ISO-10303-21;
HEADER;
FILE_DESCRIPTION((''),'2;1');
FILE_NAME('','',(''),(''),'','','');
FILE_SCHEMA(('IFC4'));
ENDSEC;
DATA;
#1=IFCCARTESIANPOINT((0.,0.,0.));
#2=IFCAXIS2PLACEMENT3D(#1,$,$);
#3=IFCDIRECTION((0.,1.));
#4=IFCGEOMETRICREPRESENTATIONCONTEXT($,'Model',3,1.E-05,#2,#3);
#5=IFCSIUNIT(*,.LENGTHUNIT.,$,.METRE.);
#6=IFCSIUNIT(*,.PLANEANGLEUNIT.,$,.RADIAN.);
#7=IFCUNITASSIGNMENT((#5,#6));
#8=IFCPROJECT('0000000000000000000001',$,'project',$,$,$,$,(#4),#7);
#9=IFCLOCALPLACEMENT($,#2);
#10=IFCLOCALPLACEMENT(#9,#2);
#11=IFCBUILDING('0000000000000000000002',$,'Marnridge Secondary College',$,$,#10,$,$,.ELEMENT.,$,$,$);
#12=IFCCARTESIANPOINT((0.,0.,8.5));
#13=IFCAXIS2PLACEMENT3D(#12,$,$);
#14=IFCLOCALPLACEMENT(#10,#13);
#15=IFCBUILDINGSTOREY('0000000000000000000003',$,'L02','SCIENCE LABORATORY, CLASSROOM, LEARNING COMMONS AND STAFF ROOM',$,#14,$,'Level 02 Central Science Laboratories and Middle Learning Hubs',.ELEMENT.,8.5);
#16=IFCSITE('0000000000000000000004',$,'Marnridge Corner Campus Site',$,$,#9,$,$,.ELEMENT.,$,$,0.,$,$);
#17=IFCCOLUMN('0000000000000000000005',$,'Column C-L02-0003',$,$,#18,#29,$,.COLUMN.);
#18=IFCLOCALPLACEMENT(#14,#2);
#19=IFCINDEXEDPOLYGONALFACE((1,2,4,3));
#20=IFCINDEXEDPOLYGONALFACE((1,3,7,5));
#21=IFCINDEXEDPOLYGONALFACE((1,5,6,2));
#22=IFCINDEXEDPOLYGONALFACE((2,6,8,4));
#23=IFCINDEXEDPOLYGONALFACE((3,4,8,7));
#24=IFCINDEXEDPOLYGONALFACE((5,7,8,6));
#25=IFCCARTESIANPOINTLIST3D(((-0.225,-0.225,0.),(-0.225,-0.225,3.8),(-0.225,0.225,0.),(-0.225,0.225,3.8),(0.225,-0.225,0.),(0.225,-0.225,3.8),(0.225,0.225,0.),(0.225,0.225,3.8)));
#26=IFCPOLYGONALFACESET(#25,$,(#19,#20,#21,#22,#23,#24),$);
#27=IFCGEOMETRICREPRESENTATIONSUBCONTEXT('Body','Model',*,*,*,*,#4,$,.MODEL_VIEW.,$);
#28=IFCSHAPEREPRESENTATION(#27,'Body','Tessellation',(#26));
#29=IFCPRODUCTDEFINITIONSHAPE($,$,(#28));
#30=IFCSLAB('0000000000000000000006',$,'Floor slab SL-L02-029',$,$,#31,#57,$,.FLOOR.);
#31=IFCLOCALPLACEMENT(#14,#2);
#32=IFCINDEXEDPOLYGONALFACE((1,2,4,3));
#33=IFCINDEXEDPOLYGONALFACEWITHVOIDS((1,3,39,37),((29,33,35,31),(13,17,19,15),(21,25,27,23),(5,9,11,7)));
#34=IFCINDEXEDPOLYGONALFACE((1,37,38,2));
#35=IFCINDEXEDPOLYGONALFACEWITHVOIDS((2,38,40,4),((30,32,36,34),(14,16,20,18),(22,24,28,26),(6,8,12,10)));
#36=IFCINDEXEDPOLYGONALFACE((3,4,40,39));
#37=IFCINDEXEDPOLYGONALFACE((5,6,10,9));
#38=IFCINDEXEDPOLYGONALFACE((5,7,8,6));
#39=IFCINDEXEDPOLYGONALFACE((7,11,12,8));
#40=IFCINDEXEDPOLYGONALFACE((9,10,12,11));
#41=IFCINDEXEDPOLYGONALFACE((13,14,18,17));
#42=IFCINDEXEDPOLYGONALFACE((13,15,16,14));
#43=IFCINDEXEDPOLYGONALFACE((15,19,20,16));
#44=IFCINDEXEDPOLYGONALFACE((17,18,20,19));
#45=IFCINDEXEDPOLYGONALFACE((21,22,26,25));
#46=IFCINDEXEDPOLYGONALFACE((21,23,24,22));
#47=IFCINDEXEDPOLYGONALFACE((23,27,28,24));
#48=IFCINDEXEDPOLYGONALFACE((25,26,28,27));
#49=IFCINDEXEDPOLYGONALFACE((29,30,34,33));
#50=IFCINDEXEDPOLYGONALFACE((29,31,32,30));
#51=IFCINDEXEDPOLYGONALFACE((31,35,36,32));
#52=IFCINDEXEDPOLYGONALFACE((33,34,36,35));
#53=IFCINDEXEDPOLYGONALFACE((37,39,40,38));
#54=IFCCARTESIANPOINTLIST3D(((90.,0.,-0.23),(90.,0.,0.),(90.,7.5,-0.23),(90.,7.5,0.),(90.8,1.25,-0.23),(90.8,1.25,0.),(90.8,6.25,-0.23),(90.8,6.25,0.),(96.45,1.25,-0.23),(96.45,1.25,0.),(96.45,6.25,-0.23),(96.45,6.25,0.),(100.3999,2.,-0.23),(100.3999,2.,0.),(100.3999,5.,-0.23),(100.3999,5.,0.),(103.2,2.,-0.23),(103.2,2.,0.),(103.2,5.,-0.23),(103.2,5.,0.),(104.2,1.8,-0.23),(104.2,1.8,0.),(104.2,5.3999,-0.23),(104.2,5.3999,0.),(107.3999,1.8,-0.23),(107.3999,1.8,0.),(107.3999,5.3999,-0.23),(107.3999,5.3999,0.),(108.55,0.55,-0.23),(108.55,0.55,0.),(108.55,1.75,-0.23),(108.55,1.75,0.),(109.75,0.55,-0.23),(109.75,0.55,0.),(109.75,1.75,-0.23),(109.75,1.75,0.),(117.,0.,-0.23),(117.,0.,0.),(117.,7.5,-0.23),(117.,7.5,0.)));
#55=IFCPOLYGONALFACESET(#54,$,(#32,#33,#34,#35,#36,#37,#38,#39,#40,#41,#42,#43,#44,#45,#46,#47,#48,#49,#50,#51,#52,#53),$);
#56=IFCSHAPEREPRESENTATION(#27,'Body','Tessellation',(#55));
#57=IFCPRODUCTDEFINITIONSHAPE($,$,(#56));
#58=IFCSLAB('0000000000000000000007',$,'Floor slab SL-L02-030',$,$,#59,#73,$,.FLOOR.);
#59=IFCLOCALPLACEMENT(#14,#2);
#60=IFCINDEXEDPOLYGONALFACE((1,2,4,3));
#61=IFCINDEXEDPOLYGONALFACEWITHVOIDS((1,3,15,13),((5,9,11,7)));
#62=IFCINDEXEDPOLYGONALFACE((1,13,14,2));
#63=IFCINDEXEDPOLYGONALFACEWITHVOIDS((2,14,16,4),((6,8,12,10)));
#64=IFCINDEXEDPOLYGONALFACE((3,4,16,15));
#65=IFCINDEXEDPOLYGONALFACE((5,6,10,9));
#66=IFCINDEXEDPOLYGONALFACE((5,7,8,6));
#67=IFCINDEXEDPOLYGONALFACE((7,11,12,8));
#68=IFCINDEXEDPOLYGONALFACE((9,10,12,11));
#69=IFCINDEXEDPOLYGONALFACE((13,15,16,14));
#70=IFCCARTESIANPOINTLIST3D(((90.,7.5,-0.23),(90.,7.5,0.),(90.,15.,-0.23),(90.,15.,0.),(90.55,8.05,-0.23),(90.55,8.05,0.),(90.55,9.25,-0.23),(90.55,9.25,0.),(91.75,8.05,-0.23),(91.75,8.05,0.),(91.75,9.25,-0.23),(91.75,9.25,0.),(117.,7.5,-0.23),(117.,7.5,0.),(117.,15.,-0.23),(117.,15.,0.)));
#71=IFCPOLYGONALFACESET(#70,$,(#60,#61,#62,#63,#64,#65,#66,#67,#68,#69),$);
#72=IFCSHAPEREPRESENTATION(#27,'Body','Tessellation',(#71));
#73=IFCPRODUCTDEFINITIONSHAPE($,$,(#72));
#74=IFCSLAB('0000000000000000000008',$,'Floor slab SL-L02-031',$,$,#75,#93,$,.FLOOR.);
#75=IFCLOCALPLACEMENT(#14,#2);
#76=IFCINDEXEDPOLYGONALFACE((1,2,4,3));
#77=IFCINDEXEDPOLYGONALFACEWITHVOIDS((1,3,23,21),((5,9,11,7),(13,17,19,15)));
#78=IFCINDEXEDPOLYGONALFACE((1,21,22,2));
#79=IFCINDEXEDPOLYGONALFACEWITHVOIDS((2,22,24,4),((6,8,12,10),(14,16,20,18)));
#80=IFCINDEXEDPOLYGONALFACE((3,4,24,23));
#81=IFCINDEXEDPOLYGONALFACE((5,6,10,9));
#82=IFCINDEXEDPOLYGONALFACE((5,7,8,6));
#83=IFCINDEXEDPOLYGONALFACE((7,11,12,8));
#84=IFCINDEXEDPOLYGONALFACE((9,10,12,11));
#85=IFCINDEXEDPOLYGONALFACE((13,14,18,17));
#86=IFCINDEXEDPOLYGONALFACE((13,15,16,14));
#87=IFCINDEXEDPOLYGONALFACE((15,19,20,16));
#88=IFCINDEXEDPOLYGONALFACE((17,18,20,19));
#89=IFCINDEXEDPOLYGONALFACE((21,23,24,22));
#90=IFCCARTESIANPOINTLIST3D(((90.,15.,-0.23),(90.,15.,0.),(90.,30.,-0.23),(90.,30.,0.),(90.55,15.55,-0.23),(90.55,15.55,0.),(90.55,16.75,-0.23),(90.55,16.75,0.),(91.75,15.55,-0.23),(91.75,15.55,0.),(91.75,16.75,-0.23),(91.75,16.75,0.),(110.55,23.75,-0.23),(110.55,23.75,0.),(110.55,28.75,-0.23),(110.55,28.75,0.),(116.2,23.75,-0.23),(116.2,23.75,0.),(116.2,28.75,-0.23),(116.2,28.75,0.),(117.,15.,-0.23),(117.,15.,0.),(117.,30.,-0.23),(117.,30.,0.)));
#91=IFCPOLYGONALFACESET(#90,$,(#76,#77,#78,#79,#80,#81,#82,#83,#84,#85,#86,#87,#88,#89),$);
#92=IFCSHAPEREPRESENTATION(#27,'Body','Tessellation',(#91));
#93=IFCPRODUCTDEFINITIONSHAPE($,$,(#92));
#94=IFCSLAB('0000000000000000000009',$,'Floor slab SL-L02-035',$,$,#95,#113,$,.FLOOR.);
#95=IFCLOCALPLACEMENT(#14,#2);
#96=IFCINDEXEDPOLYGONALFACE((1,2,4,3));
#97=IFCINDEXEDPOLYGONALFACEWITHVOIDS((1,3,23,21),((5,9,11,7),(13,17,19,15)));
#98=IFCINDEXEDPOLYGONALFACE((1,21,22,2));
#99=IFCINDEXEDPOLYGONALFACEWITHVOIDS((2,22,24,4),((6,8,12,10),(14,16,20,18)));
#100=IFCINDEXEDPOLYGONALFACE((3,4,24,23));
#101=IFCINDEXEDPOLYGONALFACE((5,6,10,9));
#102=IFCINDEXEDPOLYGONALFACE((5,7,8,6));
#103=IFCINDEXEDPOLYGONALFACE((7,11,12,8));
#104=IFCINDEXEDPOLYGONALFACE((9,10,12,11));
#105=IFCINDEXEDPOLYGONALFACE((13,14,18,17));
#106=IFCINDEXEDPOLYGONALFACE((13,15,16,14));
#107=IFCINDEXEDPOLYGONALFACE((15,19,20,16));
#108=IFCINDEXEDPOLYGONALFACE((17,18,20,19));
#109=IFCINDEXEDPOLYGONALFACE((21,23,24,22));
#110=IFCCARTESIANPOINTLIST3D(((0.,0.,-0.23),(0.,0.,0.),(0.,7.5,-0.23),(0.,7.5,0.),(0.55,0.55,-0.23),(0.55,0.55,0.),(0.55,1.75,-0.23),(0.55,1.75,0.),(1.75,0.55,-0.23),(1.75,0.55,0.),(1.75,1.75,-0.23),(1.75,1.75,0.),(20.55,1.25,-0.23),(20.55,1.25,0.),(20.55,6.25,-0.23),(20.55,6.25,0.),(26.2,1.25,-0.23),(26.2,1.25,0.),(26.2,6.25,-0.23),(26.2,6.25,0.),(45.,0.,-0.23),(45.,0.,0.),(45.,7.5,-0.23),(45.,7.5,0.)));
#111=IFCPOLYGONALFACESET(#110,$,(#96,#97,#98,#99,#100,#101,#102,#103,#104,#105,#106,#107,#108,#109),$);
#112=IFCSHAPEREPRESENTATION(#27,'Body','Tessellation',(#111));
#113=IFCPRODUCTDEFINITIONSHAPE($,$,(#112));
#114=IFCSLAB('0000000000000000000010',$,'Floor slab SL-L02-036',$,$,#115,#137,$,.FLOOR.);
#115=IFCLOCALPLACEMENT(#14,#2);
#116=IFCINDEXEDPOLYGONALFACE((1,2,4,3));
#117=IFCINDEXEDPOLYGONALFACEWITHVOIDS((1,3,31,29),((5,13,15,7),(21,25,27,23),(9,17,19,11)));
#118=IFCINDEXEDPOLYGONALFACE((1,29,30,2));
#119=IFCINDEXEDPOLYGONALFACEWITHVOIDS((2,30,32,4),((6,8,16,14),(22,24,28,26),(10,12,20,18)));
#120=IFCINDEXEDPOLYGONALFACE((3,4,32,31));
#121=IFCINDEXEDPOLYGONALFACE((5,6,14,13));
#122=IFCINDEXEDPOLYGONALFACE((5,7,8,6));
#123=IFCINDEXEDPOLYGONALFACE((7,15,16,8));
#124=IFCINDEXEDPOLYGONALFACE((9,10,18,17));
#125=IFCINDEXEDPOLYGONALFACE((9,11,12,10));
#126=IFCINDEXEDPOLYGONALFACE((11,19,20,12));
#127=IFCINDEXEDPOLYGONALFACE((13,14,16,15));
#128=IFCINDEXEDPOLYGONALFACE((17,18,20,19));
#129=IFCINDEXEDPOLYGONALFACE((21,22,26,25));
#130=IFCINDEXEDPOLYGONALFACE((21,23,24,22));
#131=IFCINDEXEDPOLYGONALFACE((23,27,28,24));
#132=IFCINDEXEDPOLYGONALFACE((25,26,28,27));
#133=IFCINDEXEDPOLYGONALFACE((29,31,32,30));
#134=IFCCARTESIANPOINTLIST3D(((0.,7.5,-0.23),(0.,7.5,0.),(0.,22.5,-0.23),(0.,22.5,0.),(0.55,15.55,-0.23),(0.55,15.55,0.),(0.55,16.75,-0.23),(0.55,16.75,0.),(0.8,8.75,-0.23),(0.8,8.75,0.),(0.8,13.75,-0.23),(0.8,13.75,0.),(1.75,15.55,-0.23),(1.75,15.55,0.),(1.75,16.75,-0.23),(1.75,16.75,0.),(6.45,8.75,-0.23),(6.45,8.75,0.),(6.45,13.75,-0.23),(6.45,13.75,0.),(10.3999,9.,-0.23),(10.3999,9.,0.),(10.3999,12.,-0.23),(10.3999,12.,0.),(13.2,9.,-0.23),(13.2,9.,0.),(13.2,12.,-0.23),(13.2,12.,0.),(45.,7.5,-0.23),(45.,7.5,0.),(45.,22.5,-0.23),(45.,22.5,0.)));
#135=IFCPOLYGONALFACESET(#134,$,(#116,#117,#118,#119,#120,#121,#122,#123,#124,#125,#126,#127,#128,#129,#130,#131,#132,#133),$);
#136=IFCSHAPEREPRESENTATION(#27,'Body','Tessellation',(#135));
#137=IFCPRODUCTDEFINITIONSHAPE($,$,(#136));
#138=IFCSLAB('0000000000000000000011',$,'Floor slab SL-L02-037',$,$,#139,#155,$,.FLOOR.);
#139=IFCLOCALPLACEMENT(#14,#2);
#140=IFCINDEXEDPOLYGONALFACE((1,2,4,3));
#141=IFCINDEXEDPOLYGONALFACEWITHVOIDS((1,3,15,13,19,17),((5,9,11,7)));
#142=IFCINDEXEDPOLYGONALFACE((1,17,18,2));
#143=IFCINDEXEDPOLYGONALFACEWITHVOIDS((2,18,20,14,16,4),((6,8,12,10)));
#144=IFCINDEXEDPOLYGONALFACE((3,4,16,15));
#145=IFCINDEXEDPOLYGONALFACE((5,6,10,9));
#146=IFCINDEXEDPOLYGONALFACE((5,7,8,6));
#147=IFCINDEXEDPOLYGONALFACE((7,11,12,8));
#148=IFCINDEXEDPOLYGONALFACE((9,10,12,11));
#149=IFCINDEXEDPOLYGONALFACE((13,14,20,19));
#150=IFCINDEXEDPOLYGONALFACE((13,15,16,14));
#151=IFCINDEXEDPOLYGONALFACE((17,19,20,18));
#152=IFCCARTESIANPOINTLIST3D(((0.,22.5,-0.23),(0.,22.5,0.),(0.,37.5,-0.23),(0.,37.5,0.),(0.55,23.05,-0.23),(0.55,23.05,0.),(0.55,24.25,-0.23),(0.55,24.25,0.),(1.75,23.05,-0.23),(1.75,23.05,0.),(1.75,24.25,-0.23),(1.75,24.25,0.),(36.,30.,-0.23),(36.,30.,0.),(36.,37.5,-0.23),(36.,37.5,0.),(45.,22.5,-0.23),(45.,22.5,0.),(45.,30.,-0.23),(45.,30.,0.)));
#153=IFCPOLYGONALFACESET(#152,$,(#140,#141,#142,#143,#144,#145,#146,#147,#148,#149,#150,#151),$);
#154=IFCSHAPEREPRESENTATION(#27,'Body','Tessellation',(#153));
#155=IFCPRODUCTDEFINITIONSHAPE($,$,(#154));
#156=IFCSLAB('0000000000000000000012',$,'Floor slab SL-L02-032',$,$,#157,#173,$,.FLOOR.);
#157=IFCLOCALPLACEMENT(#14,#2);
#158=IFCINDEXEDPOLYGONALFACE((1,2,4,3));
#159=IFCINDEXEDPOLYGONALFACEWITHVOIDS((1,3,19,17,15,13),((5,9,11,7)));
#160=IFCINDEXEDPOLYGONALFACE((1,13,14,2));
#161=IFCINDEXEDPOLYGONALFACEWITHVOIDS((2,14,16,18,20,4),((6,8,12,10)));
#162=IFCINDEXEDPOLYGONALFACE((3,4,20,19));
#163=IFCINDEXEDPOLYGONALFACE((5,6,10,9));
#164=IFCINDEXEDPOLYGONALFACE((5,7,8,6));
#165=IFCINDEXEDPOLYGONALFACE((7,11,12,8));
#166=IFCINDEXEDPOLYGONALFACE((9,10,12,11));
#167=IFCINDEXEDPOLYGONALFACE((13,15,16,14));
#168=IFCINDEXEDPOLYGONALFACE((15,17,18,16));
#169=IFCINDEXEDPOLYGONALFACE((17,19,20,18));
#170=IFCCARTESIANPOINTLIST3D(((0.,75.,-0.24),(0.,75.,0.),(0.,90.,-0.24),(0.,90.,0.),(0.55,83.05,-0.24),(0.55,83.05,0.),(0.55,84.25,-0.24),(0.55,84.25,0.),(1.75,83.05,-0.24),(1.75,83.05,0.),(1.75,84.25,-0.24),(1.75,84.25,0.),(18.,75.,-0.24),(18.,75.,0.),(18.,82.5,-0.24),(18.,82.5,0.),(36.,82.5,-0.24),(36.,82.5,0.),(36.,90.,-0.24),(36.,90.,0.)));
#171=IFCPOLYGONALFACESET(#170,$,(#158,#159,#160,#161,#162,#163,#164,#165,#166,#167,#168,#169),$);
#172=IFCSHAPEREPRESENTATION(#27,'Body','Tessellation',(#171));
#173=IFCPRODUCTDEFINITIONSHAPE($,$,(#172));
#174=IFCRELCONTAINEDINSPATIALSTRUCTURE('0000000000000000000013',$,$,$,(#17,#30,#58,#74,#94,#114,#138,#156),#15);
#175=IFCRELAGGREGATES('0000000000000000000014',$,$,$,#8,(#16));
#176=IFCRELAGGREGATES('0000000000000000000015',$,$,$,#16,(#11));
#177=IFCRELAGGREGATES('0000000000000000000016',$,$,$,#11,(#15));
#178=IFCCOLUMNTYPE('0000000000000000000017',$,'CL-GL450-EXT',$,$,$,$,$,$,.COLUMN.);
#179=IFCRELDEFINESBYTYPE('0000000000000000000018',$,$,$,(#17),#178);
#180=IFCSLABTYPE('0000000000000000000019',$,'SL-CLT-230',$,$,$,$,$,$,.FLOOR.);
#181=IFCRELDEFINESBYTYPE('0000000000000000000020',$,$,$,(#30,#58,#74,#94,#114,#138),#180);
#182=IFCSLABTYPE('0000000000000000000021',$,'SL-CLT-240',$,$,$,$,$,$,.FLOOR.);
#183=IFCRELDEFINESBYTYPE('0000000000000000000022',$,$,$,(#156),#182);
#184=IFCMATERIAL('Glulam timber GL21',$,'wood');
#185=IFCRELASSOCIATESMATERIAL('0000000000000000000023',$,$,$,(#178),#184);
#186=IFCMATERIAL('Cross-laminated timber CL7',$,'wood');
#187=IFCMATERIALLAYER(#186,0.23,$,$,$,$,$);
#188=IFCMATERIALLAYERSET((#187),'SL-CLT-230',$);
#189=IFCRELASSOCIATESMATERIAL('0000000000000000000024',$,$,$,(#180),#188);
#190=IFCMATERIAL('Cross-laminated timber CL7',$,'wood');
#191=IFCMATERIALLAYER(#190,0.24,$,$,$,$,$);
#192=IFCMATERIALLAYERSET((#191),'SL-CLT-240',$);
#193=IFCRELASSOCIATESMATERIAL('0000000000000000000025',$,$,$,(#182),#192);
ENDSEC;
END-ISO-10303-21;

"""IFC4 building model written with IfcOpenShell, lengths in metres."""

from ifc_helpers import new_model, si_unit, direction, frame, origin, origin_with_axes, origin_2d, place, context, subcontext, project, spatial, polyline, rectangle, outline, extrude, material, layer, layer_set, material_profile, profile_set, type_object, element, save


model = new_model("IFC4")

# Units and contexts
model_context = context("Model", 3, precision=1e-05, world=origin(), true_north=direction((0.0, 1.0)))
body_context = subcontext(model_context, "Body", "Model", "MODEL_VIEW")
ifc_project = project(units=[si_unit("LENGTHUNIT", "METRE"), si_unit("PLANEANGLEUNIT", "RADIAN")], contexts=[model_context])

# Site, building, storey
site_placement = place(None, origin())
site = spatial("IfcSite", under=ifc_project, at=site_placement, Name="Marnridge Corner Campus Site", CompositionType="ELEMENT", RefElevation=0.0)
building_placement = place(site_placement, origin())
building = spatial("IfcBuilding", under=site, at=building_placement, Name="Marnridge Secondary College", CompositionType="ELEMENT")
storey_placement = place(building_placement, frame((0.0, 0.0, 8.5)))
storey = spatial("IfcBuildingStorey", under=building, at=storey_placement, Name="L02", Description="SCIENCE LABORATORY, CLASSROOM, LEARNING COMMONS AND STAFF ROOM", LongName="Level 02 Central Science Laboratories and Middle Learning Hubs", CompositionType="ELEMENT", Elevation=8.5)

# Column
ifc_material_1 = material(Name="Glulam timber GL21", Category="wood")
ifc_material_profile = material_profile(ifc_material_1, rectangle(XDim=0.45, YDim=0.45, at=origin_2d()), Name="GL21 450x450")
ifc_profile_set = profile_set([ifc_material_profile], Name="Glulam timber GL21")
column_type = type_object("IfcColumnType", Name="CL-GL450-EXT", PredefinedType="COLUMN", material=ifc_profile_set)
column_placement = place(storey_placement, origin_with_axes())
element("IfcColumn", 1, at=column_placement, inside=storey, type_object=column_type, Name="Column C-L02-0003", PredefinedType="COLUMN", context=body_context, shape_type="SweptSolid", body=[
    extrude(rectangle(XDim=0.45, YDim=0.45, at=origin_2d()), origin(), (0.0, 0.0, 1.0), 3.8),
])

# Slabs
ifc_material_2 = material(Name="Cross-laminated timber CL7", Category="wood")
ifc_layer_1 = layer(ifc_material_2, 0.23)
ifc_layer_set_1 = layer_set([ifc_layer_1], Name="SL-CLT-230")
slab_type_1 = type_object("IfcSlabType", Name="SL-CLT-230", PredefinedType="FLOOR", material=ifc_layer_set_1)
slab_1_placement = place(storey_placement, frame((0.0, 0.0, -0.23)))
element("IfcSlab", 2, at=slab_1_placement, inside=storey, type_object=slab_type_1, Name="Floor slab SL-L02-029", PredefinedType="FLOOR", context=body_context, shape_type="SweptSolid", body=[
    extrude(outline(polyline([(90.0, 0.0), (90.0, 7.5), (117.0, 7.5), (117.0, 0.0), (90.0, 0.0)]), holes=[polyline([(90.8, 1.25), (96.45, 1.25), (96.45, 6.25), (90.8, 6.25), (90.8, 1.25)]), polyline([(100.3999, 2.0), (103.2, 2.0), (103.2, 5.0), (100.3999, 5.0), (100.3999, 2.0)]), polyline([(104.2, 1.8), (107.3999, 1.8), (107.3999, 5.3999), (104.2, 5.3999), (104.2, 1.8)]), polyline([(108.55, 0.55), (109.75, 0.55), (109.75, 1.75), (108.55, 1.75), (108.55, 0.55)])]), origin(), (0.0, 0.0, 1.0), 0.23),
])
slab_2_placement = place(storey_placement, frame((0.0, 0.0, -0.23)))
element("IfcSlab", 3, at=slab_2_placement, inside=storey, type_object=slab_type_1, Name="Floor slab SL-L02-030", PredefinedType="FLOOR", context=body_context, shape_type="SweptSolid", body=[
    extrude(outline(polyline([(90.0, 7.5), (90.0, 15.0), (117.0, 15.0), (117.0, 7.5), (90.0, 7.5)]), holes=[polyline([(90.55, 8.05), (91.75, 8.05), (91.75, 9.25), (90.55, 9.25), (90.55, 8.05)])]), origin(), (0.0, 0.0, 1.0), 0.23),
])
slab_3_placement = place(storey_placement, frame((0.0, 0.0, -0.23)))
element("IfcSlab", 4, at=slab_3_placement, inside=storey, type_object=slab_type_1, Name="Floor slab SL-L02-031", PredefinedType="FLOOR", context=body_context, shape_type="SweptSolid", body=[
    extrude(outline(polyline([(90.0, 30.0), (117.0, 30.0), (117.0, 15.0), (90.0, 15.0), (90.0, 30.0)]), holes=[polyline([(110.55, 23.75), (116.2, 23.75), (116.2, 28.75), (110.55, 28.75), (110.55, 23.75)]), polyline([(90.55, 15.55), (91.75, 15.55), (91.75, 16.75), (90.55, 16.75), (90.55, 15.55)])]), origin(), (0.0, 0.0, 1.0), 0.23),
])
slab_4_placement = place(storey_placement, frame((0.0, 0.0, -0.23)))
element("IfcSlab", 5, at=slab_4_placement, inside=storey, type_object=slab_type_1, Name="Floor slab SL-L02-035", PredefinedType="FLOOR", context=body_context, shape_type="SweptSolid", body=[
    extrude(outline(polyline([(0.0, 7.5), (45.0, 7.5), (45.0, 0.0), (0.0, 0.0), (0.0, 7.5)]), holes=[polyline([(20.55, 1.25), (26.2, 1.25), (26.2, 6.25), (20.55, 6.25), (20.55, 1.25)]), polyline([(0.55, 0.55), (1.75, 0.55), (1.75, 1.75), (0.55, 1.75), (0.55, 0.55)])]), origin(), (0.0, 0.0, 1.0), 0.23),
])
slab_5_placement = place(storey_placement, frame((0.0, 0.0, -0.23)))
element("IfcSlab", 6, at=slab_5_placement, inside=storey, type_object=slab_type_1, Name="Floor slab SL-L02-036", PredefinedType="FLOOR", context=body_context, shape_type="SweptSolid", body=[
    extrude(outline(polyline([(45.0, 7.5), (0.0, 7.5), (0.0, 22.5), (45.0, 22.5), (45.0, 7.5)]), holes=[polyline([(0.8, 8.75), (6.45, 8.75), (6.45, 13.75), (0.8, 13.75), (0.8, 8.75)]), polyline([(10.3999, 9.0), (13.2, 9.0), (13.2, 12.0), (10.3999, 12.0), (10.3999, 9.0)]), polyline([(0.55, 15.55), (1.75, 15.55), (1.75, 16.75), (0.55, 16.75), (0.55, 15.55)])]), origin(), (0.0, 0.0, 1.0), 0.23),
])
slab_6_placement = place(storey_placement, frame((0.0, 0.0, -0.23)))
element("IfcSlab", 7, at=slab_6_placement, inside=storey, type_object=slab_type_1, Name="Floor slab SL-L02-037", PredefinedType="FLOOR", context=body_context, shape_type="SweptSolid", body=[
    extrude(outline(polyline([(0.0, 22.5), (0.0, 37.5), (36.0, 37.5), (36.0, 30.0), (45.0, 30.0), (45.0, 22.5), (0.0, 22.5)]), holes=[polyline([(0.55, 23.05), (1.75, 23.05), (1.75, 24.25), (0.55, 24.25), (0.55, 23.05)])]), origin(), (0.0, 0.0, 1.0), 0.23),
])
ifc_material_3 = material(Name="Cross-laminated timber CL7", Category="wood")
ifc_layer_2 = layer(ifc_material_3, 0.24)
ifc_layer_set_2 = layer_set([ifc_layer_2], Name="SL-CLT-240")
slab_type_2 = type_object("IfcSlabType", Name="SL-CLT-240", PredefinedType="FLOOR", material=ifc_layer_set_2)
slab_7_placement = place(storey_placement, frame((0.0, 0.0, -0.24)))
element("IfcSlab", 8, at=slab_7_placement, inside=storey, type_object=slab_type_2, Name="Floor slab SL-L02-032", PredefinedType="FLOOR", context=body_context, shape_type="SweptSolid", body=[
    extrude(outline(polyline([(0.0, 90.0), (36.0, 90.0), (36.0, 82.5), (18.0, 82.5), (18.0, 75.0), (0.0, 75.0), (0.0, 90.0)]), holes=[polyline([(0.55, 83.05), (1.75, 83.05), (1.75, 84.25), (0.55, 84.25), (0.55, 83.05)])]), origin(), (0.0, 0.0, 1.0), 0.24),
])

save(model, "model.ifc")
